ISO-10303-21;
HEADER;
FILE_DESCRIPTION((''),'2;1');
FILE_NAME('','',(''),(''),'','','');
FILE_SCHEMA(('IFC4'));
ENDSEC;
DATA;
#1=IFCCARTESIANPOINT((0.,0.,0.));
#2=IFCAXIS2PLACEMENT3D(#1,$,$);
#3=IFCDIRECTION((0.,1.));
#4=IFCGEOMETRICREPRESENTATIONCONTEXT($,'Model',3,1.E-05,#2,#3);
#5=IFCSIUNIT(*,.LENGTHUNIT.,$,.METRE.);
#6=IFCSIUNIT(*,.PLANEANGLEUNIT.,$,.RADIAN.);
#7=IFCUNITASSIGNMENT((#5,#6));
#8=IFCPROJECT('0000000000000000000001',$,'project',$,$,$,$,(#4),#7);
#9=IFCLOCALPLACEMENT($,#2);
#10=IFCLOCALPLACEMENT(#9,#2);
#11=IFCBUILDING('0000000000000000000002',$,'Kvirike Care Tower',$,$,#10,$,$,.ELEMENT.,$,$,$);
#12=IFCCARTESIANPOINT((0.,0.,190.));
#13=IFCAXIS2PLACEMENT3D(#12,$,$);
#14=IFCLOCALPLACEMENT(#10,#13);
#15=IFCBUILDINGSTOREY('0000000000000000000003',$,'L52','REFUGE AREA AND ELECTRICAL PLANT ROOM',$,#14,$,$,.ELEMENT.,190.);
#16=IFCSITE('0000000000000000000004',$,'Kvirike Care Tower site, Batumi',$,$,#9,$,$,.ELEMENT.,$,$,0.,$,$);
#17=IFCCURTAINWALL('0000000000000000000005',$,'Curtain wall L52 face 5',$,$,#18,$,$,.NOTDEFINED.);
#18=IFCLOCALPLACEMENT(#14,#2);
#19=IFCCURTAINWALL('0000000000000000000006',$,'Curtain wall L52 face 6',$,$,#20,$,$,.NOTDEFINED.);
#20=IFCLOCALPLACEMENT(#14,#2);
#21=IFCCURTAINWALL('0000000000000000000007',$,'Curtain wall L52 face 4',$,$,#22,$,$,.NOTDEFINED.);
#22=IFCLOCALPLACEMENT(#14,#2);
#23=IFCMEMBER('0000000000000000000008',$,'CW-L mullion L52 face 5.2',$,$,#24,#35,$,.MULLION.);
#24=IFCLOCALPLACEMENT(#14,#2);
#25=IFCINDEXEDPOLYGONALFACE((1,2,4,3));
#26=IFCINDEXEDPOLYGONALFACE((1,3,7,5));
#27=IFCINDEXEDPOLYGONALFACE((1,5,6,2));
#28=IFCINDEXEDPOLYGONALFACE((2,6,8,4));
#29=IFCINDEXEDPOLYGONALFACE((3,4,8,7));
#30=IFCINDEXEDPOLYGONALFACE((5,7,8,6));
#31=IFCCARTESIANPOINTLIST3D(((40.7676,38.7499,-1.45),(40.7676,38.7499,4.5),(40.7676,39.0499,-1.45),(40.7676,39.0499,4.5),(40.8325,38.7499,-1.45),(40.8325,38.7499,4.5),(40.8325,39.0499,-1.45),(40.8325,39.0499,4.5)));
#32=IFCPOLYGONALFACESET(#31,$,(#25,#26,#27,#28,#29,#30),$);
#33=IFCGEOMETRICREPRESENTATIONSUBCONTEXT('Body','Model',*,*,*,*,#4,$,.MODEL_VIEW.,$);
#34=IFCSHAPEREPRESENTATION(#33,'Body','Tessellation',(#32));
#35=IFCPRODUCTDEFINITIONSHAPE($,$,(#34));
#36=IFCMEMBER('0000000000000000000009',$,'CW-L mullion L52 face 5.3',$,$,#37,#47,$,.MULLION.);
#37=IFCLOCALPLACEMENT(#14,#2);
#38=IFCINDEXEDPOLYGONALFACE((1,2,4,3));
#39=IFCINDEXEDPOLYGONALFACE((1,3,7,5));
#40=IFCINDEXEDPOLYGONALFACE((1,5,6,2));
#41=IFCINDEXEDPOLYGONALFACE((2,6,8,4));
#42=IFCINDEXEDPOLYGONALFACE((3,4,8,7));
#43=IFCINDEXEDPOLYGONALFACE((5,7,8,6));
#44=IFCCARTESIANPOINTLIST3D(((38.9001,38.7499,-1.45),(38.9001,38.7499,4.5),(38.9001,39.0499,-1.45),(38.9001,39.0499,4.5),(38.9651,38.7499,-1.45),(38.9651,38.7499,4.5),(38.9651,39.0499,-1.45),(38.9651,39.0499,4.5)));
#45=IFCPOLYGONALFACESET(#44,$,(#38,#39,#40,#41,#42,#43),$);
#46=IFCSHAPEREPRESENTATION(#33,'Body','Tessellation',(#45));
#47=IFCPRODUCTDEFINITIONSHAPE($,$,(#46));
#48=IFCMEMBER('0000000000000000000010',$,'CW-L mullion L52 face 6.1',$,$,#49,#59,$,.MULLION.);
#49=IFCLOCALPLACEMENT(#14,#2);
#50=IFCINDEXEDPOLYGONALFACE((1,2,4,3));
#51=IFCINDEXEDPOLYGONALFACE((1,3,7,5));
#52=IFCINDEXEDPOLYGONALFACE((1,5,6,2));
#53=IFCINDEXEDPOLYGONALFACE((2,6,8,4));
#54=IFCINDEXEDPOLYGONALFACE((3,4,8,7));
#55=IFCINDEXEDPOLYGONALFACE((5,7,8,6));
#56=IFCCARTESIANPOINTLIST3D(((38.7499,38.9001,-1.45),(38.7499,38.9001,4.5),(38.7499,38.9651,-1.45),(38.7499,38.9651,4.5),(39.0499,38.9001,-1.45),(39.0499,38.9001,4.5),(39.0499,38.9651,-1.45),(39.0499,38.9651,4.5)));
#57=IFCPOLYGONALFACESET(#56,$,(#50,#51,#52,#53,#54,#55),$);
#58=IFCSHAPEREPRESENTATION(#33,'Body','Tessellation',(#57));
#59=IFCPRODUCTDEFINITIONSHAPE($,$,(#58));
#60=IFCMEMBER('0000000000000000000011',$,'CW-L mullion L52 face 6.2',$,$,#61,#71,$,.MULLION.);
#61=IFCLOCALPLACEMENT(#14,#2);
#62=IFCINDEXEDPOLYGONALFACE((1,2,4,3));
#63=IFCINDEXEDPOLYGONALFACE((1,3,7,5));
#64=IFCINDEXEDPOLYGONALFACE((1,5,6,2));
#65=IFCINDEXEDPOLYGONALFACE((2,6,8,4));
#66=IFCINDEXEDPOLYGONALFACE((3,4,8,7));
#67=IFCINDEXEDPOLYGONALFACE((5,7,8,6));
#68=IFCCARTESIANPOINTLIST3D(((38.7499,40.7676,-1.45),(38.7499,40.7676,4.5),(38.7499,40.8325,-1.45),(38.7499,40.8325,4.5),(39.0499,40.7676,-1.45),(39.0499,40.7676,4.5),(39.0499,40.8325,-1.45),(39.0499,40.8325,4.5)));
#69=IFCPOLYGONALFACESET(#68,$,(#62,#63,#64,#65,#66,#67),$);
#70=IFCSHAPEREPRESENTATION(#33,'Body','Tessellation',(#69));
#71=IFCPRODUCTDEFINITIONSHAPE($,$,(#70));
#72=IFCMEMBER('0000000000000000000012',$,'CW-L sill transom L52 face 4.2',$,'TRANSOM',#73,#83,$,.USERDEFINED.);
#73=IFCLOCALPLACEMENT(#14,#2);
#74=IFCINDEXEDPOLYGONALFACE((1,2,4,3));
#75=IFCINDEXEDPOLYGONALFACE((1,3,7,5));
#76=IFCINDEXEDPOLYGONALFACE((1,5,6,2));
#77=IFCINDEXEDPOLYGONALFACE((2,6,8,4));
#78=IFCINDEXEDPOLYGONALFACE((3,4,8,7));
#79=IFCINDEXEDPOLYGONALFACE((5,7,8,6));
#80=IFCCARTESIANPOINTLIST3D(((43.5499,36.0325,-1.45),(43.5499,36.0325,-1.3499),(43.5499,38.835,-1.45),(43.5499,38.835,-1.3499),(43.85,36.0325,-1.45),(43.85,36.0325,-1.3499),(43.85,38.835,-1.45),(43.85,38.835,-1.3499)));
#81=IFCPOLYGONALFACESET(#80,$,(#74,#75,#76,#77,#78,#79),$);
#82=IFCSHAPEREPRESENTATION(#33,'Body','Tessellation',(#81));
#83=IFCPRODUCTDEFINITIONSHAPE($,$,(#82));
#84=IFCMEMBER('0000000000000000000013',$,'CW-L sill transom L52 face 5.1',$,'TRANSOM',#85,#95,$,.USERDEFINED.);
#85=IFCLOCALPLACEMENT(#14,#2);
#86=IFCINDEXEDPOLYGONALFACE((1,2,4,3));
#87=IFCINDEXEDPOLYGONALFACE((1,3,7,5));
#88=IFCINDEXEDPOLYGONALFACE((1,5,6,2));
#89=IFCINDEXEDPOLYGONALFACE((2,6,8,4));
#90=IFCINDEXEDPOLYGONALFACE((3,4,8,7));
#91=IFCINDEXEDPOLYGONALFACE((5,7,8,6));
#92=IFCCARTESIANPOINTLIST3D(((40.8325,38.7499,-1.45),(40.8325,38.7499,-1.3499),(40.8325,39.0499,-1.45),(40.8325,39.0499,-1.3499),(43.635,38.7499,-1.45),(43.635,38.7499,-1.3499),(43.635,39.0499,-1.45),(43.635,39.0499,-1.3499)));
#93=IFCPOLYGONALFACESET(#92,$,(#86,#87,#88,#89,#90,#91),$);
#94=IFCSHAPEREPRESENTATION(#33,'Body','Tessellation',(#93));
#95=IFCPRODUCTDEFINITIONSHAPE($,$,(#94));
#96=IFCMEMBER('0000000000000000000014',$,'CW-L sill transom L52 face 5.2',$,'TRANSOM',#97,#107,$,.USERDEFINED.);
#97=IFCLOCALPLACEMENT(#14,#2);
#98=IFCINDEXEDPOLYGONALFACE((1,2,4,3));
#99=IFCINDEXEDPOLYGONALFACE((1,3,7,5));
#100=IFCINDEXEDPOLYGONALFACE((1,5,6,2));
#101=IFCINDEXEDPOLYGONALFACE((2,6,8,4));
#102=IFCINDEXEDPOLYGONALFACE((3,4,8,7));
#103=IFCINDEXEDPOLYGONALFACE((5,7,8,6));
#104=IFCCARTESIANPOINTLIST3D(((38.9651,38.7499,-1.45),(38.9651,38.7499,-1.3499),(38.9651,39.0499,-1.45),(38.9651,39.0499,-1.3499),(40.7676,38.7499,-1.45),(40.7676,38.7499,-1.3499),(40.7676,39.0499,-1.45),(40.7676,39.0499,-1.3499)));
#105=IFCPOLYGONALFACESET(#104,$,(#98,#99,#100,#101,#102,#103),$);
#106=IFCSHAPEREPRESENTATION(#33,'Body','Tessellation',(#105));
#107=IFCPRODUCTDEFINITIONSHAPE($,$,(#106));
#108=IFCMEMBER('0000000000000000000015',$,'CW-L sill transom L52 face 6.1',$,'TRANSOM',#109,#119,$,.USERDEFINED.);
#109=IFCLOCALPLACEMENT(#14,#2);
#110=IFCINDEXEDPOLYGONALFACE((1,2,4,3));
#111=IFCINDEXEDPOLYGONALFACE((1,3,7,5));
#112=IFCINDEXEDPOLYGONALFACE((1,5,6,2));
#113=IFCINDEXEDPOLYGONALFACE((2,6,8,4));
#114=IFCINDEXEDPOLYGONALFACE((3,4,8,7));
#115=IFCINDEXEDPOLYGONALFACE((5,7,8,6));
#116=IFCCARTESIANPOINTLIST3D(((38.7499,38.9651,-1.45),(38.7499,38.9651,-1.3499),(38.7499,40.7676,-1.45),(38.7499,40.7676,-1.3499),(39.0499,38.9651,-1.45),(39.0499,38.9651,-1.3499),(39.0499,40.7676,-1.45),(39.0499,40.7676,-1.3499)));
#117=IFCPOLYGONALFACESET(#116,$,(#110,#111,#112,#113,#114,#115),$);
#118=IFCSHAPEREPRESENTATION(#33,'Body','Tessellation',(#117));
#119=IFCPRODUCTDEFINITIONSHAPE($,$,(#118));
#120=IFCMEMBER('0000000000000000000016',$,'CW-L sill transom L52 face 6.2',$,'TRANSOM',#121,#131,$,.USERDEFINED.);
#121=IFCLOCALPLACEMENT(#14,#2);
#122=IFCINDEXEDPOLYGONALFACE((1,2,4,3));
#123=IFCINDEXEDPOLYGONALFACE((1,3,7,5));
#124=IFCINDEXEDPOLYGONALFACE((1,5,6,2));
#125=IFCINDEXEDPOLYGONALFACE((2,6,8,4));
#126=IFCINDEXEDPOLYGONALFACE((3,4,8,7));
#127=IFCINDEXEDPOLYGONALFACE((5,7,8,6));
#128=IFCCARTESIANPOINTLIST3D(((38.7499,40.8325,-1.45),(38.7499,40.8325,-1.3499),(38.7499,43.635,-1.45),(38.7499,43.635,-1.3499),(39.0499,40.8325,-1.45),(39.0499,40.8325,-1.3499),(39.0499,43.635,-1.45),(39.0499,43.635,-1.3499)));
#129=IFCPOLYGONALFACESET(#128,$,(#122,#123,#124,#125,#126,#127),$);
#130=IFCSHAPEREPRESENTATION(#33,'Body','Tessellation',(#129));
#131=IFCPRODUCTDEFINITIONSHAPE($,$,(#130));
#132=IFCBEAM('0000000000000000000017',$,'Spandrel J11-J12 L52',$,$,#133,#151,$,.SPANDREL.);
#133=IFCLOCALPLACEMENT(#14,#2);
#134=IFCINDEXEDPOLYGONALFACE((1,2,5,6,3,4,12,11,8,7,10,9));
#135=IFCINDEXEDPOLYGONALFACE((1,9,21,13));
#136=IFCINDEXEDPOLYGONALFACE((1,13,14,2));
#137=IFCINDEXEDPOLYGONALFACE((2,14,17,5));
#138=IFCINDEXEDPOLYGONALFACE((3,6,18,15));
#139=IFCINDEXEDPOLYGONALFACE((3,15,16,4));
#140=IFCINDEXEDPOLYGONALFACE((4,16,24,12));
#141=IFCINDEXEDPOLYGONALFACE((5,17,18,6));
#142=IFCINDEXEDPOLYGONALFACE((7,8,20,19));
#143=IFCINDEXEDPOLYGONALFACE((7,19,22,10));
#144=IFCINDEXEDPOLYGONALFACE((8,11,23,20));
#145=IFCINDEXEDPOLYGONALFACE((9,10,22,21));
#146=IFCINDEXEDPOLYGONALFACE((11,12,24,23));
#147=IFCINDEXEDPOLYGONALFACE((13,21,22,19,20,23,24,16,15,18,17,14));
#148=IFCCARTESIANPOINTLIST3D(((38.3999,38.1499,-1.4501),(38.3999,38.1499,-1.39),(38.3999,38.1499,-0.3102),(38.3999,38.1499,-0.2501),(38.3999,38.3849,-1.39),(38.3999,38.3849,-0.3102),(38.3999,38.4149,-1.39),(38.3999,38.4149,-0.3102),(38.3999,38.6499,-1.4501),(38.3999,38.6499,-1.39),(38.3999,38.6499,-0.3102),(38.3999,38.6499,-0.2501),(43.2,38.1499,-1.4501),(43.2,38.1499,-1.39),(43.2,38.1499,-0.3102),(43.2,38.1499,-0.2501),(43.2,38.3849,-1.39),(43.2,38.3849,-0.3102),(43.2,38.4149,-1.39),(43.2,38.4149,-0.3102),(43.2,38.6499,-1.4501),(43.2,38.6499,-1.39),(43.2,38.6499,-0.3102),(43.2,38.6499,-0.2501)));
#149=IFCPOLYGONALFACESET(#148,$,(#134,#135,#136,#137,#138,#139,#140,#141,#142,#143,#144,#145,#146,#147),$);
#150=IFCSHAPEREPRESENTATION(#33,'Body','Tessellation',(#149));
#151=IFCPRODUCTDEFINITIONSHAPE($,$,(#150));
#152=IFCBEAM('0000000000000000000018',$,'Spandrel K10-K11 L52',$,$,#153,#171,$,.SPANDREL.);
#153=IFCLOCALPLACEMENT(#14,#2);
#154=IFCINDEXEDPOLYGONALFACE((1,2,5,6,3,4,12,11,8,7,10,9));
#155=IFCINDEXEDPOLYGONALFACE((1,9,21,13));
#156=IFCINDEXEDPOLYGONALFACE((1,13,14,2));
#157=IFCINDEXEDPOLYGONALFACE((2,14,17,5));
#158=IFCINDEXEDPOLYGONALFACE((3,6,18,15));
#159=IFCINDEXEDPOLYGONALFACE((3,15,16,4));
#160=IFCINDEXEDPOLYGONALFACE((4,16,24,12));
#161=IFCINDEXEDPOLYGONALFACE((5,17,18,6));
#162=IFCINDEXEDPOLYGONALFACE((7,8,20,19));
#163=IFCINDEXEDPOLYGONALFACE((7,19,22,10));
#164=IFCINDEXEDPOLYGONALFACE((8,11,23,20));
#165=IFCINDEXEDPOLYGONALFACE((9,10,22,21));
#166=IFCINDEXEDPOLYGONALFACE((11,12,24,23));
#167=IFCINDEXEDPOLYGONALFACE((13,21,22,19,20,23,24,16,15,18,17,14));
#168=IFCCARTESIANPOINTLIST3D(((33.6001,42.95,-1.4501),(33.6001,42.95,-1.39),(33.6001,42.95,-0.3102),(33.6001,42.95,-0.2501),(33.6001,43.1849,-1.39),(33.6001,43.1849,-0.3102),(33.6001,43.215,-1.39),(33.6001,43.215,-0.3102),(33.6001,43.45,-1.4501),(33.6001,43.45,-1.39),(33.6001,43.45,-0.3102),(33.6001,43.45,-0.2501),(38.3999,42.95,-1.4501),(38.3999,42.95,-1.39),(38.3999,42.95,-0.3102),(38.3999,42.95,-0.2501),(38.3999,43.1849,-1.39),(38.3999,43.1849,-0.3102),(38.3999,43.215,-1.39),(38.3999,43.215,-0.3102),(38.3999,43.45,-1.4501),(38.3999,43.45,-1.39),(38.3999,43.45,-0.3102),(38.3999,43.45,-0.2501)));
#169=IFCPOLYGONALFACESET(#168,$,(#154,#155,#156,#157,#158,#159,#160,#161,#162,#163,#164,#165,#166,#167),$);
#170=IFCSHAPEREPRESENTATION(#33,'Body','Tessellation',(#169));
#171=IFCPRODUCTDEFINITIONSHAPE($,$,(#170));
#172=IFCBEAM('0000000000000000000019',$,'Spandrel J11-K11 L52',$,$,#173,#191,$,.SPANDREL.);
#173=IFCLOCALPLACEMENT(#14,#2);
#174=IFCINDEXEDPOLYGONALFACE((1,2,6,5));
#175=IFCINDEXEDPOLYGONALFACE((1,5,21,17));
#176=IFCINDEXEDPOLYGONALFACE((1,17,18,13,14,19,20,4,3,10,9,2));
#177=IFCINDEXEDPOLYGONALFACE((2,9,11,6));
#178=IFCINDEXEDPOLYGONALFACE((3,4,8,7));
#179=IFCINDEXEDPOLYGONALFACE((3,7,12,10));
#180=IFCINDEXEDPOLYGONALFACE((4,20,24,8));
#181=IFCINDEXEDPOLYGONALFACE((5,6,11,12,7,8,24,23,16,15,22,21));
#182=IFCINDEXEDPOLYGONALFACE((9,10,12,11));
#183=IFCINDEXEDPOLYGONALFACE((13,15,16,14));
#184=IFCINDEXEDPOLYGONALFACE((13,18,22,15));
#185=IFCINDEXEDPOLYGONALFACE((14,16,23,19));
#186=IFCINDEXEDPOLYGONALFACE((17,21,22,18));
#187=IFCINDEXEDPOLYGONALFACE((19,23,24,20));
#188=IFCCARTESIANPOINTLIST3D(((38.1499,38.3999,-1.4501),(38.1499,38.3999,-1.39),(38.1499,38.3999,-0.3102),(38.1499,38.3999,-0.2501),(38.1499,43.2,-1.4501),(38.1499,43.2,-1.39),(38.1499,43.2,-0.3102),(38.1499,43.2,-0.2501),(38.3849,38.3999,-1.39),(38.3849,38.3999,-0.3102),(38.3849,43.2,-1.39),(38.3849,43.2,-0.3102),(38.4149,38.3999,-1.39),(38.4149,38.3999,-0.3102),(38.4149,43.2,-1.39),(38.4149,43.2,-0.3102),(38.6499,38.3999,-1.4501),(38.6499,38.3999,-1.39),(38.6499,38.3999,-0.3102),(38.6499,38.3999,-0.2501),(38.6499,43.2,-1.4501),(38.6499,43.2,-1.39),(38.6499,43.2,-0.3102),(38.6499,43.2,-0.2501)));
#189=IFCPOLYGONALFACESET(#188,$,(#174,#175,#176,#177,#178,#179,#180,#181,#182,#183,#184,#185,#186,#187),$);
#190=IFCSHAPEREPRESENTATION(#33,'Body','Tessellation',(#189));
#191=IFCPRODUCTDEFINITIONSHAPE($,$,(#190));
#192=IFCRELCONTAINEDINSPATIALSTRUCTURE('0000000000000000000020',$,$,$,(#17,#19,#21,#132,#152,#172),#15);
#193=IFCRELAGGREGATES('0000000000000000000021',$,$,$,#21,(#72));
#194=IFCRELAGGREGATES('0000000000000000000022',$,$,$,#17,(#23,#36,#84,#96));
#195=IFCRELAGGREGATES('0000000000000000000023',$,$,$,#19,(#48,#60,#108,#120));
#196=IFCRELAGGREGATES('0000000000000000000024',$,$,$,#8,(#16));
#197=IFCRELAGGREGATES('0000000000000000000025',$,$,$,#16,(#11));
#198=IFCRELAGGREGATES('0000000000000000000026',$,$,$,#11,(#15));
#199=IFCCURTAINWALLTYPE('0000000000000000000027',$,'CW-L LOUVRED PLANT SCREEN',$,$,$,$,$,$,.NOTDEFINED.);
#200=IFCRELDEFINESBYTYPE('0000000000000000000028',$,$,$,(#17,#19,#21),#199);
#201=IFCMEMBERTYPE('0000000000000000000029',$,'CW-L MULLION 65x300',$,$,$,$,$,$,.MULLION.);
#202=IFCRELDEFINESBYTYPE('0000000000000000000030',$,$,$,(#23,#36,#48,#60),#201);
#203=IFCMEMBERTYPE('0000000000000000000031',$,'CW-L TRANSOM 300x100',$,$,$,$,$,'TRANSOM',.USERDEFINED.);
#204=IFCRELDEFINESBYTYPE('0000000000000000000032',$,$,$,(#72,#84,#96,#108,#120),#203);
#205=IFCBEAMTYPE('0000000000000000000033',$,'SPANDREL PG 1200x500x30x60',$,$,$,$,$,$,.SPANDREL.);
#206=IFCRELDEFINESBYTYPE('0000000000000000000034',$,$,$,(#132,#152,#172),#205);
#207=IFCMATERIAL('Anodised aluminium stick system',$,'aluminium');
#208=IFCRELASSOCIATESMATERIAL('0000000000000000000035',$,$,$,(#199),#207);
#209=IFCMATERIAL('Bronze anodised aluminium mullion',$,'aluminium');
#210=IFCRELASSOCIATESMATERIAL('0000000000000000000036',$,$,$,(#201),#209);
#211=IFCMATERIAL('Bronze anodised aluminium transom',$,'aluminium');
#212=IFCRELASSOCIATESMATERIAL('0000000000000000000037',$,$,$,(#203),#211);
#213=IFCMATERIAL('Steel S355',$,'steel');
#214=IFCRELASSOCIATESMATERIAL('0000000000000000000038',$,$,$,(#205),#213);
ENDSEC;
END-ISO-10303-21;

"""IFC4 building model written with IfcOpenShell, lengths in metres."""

from ifc_helpers import new_model, si_unit, direction, frame, origin, origin_2d, place, context, subcontext, project, spatial, rectangle, i_section, extrude, material, material_profile, profile_set, type_object, element, aggregate, save


model = new_model("IFC4")

# Units and contexts
model_context = context("Model", 3, precision=1e-05, world=origin(), true_north=direction((0.0, 1.0)))
body_context = subcontext(model_context, "Body", "Model", "MODEL_VIEW")
ifc_project = project(units=[si_unit("LENGTHUNIT", "METRE"), si_unit("PLANEANGLEUNIT", "RADIAN")], contexts=[model_context])

# Site, building, storey
site_placement = place(None, origin())
site = spatial("IfcSite", under=ifc_project, at=site_placement, Name="Kvirike Care Tower site, Batumi", CompositionType="ELEMENT", RefElevation=0.0)
building_placement = place(site_placement, origin())
building = spatial("IfcBuilding", under=site, at=building_placement, Name="Kvirike Care Tower", CompositionType="ELEMENT")
storey_placement = place(building_placement, frame((0.0, 0.0, 190.0)))
storey = spatial("IfcBuildingStorey", under=building, at=storey_placement, Name="L52", Description="REFUGE AREA AND ELECTRICAL PLANT ROOM", CompositionType="ELEMENT", Elevation=190.0)

# Curtain walls
ifc_material_1 = material(Name="Anodised aluminium stick system", Category="aluminium")
curtain_wall_type = type_object("IfcCurtainWallType", Name="CW-L LOUVRED PLANT SCREEN", PredefinedType="NOTDEFINED", material=ifc_material_1)
curtain_wall_1_placement = place(storey_placement, origin())
curtain_wall_1 = element("IfcCurtainWall", 1, at=curtain_wall_1_placement, inside=storey, type_object=curtain_wall_type, Name="Curtain wall L52 face 5", PredefinedType="NOTDEFINED")
curtain_wall_2_placement = place(storey_placement, origin())
curtain_wall_2 = element("IfcCurtainWall", 2, at=curtain_wall_2_placement, inside=storey, type_object=curtain_wall_type, Name="Curtain wall L52 face 6", PredefinedType="NOTDEFINED")

# Curtain wall
curtain_wall_3_placement = place(storey_placement, origin())
curtain_wall_3 = element("IfcCurtainWall", 3, at=curtain_wall_3_placement, inside=storey, type_object=curtain_wall_type, Name="Curtain wall L52 face 4", PredefinedType="NOTDEFINED")
ifc_material_2 = material(Name="Bronze anodised aluminium mullion", Category="aluminium")
ifc_material_profile_1 = material_profile(ifc_material_2, rectangle(XDim=0.0649, YDim=0.3, at=origin_2d()), Name="CW-L MULLION 65x300")
ifc_profile_set_1 = profile_set([ifc_material_profile_1], Name="Bronze anodised aluminium mullion")
member_type_1 = type_object("IfcMemberType", Name="CW-L MULLION 65x300", PredefinedType="MULLION", material=ifc_profile_set_1)

# Members
member_1_placement = place(storey_placement, frame((40.8, 38.8999, -1.45), z_axis=(0.0, 0.0, 1.0), x_axis=(-1.0, 0.0, 0.0)))
member_1 = element("IfcMember", 4, at=member_1_placement, type_object=member_type_1, Name="CW-L mullion L52 face 5.2", PredefinedType="MULLION", context=body_context, shape_type="SweptSolid", body=[
    extrude(rectangle(XDim=0.0649, YDim=0.3, at=origin_2d()), origin(), (0.0, 0.0, 1.0), 5.95),
])
member_2_placement = place(storey_placement, frame((38.9326, 38.8999, -1.45), z_axis=(0.0, 0.0, 1.0), x_axis=(-1.0, 0.0, 0.0)))
member_2 = element("IfcMember", 5, at=member_2_placement, type_object=member_type_1, Name="CW-L mullion L52 face 5.3", PredefinedType="MULLION", context=body_context, shape_type="SweptSolid", body=[
    extrude(rectangle(XDim=0.0649, YDim=0.3, at=origin_2d()), origin(), (0.0, 0.0, 1.0), 5.95),
])
member_3_placement = place(storey_placement, frame((38.8999, 38.9326, -1.45), z_axis=(0.0, 0.0, 1.0), x_axis=(0.0, 1.0, 0.0)))
member_3 = element("IfcMember", 6, at=member_3_placement, type_object=member_type_1, Name="CW-L mullion L52 face 6.1", PredefinedType="MULLION", context=body_context, shape_type="SweptSolid", body=[
    extrude(rectangle(XDim=0.0649, YDim=0.3, at=origin_2d()), origin(), (0.0, 0.0, 1.0), 5.95),
])
member_4_placement = place(storey_placement, frame((38.8999, 40.8, -1.45), z_axis=(0.0, 0.0, 1.0), x_axis=(0.0, 1.0, 0.0)))
member_4 = element("IfcMember", 7, at=member_4_placement, type_object=member_type_1, Name="CW-L mullion L52 face 6.2", PredefinedType="MULLION", context=body_context, shape_type="SweptSolid", body=[
    extrude(rectangle(XDim=0.0649, YDim=0.3, at=origin_2d()), origin(), (0.0, 0.0, 1.0), 5.95),
])
ifc_material_3 = material(Name="Bronze anodised aluminium transom", Category="aluminium")
ifc_material_profile_2 = material_profile(ifc_material_3, rectangle(XDim=0.3, YDim=0.1001, at=origin_2d()), Name="CW-L TRANSOM 300x100")
ifc_profile_set_2 = profile_set([ifc_material_profile_2], Name="Bronze anodised aluminium transom")
member_type_2 = type_object("IfcMemberType", Name="CW-L TRANSOM 300x100", ElementType="TRANSOM", PredefinedType="USERDEFINED", material=ifc_profile_set_2)
member_5_placement = place(storey_placement, frame((43.7, 36.0325, -1.3999), z_axis=(0.0, 1.0, 0.0), x_axis=(-1.0, 0.0, 0.0)))
member_5 = element("IfcMember", 8, at=member_5_placement, type_object=member_type_2, Name="CW-L sill transom L52 face 4.2", ObjectType="TRANSOM", PredefinedType="USERDEFINED", context=body_context, shape_type="SweptSolid", body=[
    extrude(rectangle(XDim=0.3, YDim=0.1001, at=origin_2d()), origin(), (0.0, 0.0, 1.0), 2.8025),
])
member_6_placement = place(storey_placement, frame((43.635, 38.8999, -1.3999), z_axis=(-1.0, 0.0, 0.0), x_axis=(0.0, -1.0, 0.0)))
member_6 = element("IfcMember", 9, at=member_6_placement, type_object=member_type_2, Name="CW-L sill transom L52 face 5.1", ObjectType="TRANSOM", PredefinedType="USERDEFINED", context=body_context, shape_type="SweptSolid", body=[
    extrude(rectangle(XDim=0.3, YDim=0.1001, at=origin_2d()), origin(), (0.0, 0.0, 1.0), 2.8025),
])
member_7_placement = place(storey_placement, frame((40.7676, 38.8999, -1.3999), z_axis=(-1.0, 0.0, 0.0), x_axis=(0.0, -1.0, 0.0)))
member_7 = element("IfcMember", 10, at=member_7_placement, type_object=member_type_2, Name="CW-L sill transom L52 face 5.2", ObjectType="TRANSOM", PredefinedType="USERDEFINED", context=body_context, shape_type="SweptSolid", body=[
    extrude(rectangle(XDim=0.3, YDim=0.1001, at=origin_2d()), origin(), (0.0, 0.0, 1.0), 1.8025),
])
member_8_placement = place(storey_placement, frame((38.8999, 38.9651, -1.3999), z_axis=(0.0, 1.0, 0.0), x_axis=(-1.0, 0.0, 0.0)))
member_8 = element("IfcMember", 11, at=member_8_placement, type_object=member_type_2, Name="CW-L sill transom L52 face 6.1", ObjectType="TRANSOM", PredefinedType="USERDEFINED", context=body_context, shape_type="SweptSolid", body=[
    extrude(rectangle(XDim=0.3, YDim=0.1001, at=origin_2d()), origin(), (0.0, 0.0, 1.0), 1.8025),
])
member_9_placement = place(storey_placement, frame((38.8999, 40.8325, -1.3999), z_axis=(0.0, 1.0, 0.0), x_axis=(-1.0, 0.0, 0.0)))
member_9 = element("IfcMember", 12, at=member_9_placement, type_object=member_type_2, Name="CW-L sill transom L52 face 6.2", ObjectType="TRANSOM", PredefinedType="USERDEFINED", context=body_context, shape_type="SweptSolid", body=[
    extrude(rectangle(XDim=0.3, YDim=0.1001, at=origin_2d()), origin(), (0.0, 0.0, 1.0), 2.8025),
])

# Beams
ifc_material_4 = material(Name="Steel S355", Category="steel")
ifc_material_profile_3 = material_profile(ifc_material_4, i_section(OverallWidth=0.5, OverallDepth=1.2, WebThickness=0.03, FlangeThickness=0.0601, at=origin_2d()), Name="PG 1200x500x30x60")
ifc_profile_set_3 = profile_set([ifc_material_profile_3], Name="Steel S355")
beam_type = type_object("IfcBeamType", Name="SPANDREL PG 1200x500x30x60", PredefinedType="SPANDREL", material=ifc_profile_set_3)
beam_1_placement = place(storey_placement, frame((38.3999, 38.3999, -0.8501), z_axis=(1.0, 0.0, 0.0), x_axis=(0.0, 1.0, 0.0)))
element("IfcBeam", 13, at=beam_1_placement, inside=storey, type_object=beam_type, Name="Spandrel J11-J12 L52", PredefinedType="SPANDREL", context=body_context, shape_type="SweptSolid", body=[
    extrude(i_section(OverallWidth=0.5, OverallDepth=1.2, WebThickness=0.03, FlangeThickness=0.0601, at=origin_2d()), origin(), (0.0, 0.0, 1.0), 4.8),
])
beam_2_placement = place(storey_placement, frame((33.6001, 43.2, -0.8501), z_axis=(1.0, 0.0, 0.0), x_axis=(0.0, 1.0, 0.0)))
element("IfcBeam", 14, at=beam_2_placement, inside=storey, type_object=beam_type, Name="Spandrel K10-K11 L52", PredefinedType="SPANDREL", context=body_context, shape_type="SweptSolid", body=[
    extrude(i_section(OverallWidth=0.5, OverallDepth=1.2, WebThickness=0.03, FlangeThickness=0.0601, at=origin_2d()), origin(), (0.0, 0.0, 1.0), 4.7998),
])
beam_3_placement = place(storey_placement, frame((38.3999, 38.3999, -0.8501), z_axis=(0.0, 1.0, 0.0), x_axis=(-1.0, 0.0, 0.0)))
element("IfcBeam", 15, at=beam_3_placement, inside=storey, type_object=beam_type, Name="Spandrel J11-K11 L52", PredefinedType="SPANDREL", context=body_context, shape_type="SweptSolid", body=[
    extrude(i_section(OverallWidth=0.5, OverallDepth=1.2, WebThickness=0.03, FlangeThickness=0.0601, at=origin_2d()), origin(), (0.0, 0.0, 1.0), 4.8),
])

aggregate(curtain_wall_3, [member_5])
aggregate(curtain_wall_1, [member_1, member_2, member_6, member_7])
aggregate(curtain_wall_2, [member_3, member_4, member_8, member_9])

save(model, "model.ifc")
